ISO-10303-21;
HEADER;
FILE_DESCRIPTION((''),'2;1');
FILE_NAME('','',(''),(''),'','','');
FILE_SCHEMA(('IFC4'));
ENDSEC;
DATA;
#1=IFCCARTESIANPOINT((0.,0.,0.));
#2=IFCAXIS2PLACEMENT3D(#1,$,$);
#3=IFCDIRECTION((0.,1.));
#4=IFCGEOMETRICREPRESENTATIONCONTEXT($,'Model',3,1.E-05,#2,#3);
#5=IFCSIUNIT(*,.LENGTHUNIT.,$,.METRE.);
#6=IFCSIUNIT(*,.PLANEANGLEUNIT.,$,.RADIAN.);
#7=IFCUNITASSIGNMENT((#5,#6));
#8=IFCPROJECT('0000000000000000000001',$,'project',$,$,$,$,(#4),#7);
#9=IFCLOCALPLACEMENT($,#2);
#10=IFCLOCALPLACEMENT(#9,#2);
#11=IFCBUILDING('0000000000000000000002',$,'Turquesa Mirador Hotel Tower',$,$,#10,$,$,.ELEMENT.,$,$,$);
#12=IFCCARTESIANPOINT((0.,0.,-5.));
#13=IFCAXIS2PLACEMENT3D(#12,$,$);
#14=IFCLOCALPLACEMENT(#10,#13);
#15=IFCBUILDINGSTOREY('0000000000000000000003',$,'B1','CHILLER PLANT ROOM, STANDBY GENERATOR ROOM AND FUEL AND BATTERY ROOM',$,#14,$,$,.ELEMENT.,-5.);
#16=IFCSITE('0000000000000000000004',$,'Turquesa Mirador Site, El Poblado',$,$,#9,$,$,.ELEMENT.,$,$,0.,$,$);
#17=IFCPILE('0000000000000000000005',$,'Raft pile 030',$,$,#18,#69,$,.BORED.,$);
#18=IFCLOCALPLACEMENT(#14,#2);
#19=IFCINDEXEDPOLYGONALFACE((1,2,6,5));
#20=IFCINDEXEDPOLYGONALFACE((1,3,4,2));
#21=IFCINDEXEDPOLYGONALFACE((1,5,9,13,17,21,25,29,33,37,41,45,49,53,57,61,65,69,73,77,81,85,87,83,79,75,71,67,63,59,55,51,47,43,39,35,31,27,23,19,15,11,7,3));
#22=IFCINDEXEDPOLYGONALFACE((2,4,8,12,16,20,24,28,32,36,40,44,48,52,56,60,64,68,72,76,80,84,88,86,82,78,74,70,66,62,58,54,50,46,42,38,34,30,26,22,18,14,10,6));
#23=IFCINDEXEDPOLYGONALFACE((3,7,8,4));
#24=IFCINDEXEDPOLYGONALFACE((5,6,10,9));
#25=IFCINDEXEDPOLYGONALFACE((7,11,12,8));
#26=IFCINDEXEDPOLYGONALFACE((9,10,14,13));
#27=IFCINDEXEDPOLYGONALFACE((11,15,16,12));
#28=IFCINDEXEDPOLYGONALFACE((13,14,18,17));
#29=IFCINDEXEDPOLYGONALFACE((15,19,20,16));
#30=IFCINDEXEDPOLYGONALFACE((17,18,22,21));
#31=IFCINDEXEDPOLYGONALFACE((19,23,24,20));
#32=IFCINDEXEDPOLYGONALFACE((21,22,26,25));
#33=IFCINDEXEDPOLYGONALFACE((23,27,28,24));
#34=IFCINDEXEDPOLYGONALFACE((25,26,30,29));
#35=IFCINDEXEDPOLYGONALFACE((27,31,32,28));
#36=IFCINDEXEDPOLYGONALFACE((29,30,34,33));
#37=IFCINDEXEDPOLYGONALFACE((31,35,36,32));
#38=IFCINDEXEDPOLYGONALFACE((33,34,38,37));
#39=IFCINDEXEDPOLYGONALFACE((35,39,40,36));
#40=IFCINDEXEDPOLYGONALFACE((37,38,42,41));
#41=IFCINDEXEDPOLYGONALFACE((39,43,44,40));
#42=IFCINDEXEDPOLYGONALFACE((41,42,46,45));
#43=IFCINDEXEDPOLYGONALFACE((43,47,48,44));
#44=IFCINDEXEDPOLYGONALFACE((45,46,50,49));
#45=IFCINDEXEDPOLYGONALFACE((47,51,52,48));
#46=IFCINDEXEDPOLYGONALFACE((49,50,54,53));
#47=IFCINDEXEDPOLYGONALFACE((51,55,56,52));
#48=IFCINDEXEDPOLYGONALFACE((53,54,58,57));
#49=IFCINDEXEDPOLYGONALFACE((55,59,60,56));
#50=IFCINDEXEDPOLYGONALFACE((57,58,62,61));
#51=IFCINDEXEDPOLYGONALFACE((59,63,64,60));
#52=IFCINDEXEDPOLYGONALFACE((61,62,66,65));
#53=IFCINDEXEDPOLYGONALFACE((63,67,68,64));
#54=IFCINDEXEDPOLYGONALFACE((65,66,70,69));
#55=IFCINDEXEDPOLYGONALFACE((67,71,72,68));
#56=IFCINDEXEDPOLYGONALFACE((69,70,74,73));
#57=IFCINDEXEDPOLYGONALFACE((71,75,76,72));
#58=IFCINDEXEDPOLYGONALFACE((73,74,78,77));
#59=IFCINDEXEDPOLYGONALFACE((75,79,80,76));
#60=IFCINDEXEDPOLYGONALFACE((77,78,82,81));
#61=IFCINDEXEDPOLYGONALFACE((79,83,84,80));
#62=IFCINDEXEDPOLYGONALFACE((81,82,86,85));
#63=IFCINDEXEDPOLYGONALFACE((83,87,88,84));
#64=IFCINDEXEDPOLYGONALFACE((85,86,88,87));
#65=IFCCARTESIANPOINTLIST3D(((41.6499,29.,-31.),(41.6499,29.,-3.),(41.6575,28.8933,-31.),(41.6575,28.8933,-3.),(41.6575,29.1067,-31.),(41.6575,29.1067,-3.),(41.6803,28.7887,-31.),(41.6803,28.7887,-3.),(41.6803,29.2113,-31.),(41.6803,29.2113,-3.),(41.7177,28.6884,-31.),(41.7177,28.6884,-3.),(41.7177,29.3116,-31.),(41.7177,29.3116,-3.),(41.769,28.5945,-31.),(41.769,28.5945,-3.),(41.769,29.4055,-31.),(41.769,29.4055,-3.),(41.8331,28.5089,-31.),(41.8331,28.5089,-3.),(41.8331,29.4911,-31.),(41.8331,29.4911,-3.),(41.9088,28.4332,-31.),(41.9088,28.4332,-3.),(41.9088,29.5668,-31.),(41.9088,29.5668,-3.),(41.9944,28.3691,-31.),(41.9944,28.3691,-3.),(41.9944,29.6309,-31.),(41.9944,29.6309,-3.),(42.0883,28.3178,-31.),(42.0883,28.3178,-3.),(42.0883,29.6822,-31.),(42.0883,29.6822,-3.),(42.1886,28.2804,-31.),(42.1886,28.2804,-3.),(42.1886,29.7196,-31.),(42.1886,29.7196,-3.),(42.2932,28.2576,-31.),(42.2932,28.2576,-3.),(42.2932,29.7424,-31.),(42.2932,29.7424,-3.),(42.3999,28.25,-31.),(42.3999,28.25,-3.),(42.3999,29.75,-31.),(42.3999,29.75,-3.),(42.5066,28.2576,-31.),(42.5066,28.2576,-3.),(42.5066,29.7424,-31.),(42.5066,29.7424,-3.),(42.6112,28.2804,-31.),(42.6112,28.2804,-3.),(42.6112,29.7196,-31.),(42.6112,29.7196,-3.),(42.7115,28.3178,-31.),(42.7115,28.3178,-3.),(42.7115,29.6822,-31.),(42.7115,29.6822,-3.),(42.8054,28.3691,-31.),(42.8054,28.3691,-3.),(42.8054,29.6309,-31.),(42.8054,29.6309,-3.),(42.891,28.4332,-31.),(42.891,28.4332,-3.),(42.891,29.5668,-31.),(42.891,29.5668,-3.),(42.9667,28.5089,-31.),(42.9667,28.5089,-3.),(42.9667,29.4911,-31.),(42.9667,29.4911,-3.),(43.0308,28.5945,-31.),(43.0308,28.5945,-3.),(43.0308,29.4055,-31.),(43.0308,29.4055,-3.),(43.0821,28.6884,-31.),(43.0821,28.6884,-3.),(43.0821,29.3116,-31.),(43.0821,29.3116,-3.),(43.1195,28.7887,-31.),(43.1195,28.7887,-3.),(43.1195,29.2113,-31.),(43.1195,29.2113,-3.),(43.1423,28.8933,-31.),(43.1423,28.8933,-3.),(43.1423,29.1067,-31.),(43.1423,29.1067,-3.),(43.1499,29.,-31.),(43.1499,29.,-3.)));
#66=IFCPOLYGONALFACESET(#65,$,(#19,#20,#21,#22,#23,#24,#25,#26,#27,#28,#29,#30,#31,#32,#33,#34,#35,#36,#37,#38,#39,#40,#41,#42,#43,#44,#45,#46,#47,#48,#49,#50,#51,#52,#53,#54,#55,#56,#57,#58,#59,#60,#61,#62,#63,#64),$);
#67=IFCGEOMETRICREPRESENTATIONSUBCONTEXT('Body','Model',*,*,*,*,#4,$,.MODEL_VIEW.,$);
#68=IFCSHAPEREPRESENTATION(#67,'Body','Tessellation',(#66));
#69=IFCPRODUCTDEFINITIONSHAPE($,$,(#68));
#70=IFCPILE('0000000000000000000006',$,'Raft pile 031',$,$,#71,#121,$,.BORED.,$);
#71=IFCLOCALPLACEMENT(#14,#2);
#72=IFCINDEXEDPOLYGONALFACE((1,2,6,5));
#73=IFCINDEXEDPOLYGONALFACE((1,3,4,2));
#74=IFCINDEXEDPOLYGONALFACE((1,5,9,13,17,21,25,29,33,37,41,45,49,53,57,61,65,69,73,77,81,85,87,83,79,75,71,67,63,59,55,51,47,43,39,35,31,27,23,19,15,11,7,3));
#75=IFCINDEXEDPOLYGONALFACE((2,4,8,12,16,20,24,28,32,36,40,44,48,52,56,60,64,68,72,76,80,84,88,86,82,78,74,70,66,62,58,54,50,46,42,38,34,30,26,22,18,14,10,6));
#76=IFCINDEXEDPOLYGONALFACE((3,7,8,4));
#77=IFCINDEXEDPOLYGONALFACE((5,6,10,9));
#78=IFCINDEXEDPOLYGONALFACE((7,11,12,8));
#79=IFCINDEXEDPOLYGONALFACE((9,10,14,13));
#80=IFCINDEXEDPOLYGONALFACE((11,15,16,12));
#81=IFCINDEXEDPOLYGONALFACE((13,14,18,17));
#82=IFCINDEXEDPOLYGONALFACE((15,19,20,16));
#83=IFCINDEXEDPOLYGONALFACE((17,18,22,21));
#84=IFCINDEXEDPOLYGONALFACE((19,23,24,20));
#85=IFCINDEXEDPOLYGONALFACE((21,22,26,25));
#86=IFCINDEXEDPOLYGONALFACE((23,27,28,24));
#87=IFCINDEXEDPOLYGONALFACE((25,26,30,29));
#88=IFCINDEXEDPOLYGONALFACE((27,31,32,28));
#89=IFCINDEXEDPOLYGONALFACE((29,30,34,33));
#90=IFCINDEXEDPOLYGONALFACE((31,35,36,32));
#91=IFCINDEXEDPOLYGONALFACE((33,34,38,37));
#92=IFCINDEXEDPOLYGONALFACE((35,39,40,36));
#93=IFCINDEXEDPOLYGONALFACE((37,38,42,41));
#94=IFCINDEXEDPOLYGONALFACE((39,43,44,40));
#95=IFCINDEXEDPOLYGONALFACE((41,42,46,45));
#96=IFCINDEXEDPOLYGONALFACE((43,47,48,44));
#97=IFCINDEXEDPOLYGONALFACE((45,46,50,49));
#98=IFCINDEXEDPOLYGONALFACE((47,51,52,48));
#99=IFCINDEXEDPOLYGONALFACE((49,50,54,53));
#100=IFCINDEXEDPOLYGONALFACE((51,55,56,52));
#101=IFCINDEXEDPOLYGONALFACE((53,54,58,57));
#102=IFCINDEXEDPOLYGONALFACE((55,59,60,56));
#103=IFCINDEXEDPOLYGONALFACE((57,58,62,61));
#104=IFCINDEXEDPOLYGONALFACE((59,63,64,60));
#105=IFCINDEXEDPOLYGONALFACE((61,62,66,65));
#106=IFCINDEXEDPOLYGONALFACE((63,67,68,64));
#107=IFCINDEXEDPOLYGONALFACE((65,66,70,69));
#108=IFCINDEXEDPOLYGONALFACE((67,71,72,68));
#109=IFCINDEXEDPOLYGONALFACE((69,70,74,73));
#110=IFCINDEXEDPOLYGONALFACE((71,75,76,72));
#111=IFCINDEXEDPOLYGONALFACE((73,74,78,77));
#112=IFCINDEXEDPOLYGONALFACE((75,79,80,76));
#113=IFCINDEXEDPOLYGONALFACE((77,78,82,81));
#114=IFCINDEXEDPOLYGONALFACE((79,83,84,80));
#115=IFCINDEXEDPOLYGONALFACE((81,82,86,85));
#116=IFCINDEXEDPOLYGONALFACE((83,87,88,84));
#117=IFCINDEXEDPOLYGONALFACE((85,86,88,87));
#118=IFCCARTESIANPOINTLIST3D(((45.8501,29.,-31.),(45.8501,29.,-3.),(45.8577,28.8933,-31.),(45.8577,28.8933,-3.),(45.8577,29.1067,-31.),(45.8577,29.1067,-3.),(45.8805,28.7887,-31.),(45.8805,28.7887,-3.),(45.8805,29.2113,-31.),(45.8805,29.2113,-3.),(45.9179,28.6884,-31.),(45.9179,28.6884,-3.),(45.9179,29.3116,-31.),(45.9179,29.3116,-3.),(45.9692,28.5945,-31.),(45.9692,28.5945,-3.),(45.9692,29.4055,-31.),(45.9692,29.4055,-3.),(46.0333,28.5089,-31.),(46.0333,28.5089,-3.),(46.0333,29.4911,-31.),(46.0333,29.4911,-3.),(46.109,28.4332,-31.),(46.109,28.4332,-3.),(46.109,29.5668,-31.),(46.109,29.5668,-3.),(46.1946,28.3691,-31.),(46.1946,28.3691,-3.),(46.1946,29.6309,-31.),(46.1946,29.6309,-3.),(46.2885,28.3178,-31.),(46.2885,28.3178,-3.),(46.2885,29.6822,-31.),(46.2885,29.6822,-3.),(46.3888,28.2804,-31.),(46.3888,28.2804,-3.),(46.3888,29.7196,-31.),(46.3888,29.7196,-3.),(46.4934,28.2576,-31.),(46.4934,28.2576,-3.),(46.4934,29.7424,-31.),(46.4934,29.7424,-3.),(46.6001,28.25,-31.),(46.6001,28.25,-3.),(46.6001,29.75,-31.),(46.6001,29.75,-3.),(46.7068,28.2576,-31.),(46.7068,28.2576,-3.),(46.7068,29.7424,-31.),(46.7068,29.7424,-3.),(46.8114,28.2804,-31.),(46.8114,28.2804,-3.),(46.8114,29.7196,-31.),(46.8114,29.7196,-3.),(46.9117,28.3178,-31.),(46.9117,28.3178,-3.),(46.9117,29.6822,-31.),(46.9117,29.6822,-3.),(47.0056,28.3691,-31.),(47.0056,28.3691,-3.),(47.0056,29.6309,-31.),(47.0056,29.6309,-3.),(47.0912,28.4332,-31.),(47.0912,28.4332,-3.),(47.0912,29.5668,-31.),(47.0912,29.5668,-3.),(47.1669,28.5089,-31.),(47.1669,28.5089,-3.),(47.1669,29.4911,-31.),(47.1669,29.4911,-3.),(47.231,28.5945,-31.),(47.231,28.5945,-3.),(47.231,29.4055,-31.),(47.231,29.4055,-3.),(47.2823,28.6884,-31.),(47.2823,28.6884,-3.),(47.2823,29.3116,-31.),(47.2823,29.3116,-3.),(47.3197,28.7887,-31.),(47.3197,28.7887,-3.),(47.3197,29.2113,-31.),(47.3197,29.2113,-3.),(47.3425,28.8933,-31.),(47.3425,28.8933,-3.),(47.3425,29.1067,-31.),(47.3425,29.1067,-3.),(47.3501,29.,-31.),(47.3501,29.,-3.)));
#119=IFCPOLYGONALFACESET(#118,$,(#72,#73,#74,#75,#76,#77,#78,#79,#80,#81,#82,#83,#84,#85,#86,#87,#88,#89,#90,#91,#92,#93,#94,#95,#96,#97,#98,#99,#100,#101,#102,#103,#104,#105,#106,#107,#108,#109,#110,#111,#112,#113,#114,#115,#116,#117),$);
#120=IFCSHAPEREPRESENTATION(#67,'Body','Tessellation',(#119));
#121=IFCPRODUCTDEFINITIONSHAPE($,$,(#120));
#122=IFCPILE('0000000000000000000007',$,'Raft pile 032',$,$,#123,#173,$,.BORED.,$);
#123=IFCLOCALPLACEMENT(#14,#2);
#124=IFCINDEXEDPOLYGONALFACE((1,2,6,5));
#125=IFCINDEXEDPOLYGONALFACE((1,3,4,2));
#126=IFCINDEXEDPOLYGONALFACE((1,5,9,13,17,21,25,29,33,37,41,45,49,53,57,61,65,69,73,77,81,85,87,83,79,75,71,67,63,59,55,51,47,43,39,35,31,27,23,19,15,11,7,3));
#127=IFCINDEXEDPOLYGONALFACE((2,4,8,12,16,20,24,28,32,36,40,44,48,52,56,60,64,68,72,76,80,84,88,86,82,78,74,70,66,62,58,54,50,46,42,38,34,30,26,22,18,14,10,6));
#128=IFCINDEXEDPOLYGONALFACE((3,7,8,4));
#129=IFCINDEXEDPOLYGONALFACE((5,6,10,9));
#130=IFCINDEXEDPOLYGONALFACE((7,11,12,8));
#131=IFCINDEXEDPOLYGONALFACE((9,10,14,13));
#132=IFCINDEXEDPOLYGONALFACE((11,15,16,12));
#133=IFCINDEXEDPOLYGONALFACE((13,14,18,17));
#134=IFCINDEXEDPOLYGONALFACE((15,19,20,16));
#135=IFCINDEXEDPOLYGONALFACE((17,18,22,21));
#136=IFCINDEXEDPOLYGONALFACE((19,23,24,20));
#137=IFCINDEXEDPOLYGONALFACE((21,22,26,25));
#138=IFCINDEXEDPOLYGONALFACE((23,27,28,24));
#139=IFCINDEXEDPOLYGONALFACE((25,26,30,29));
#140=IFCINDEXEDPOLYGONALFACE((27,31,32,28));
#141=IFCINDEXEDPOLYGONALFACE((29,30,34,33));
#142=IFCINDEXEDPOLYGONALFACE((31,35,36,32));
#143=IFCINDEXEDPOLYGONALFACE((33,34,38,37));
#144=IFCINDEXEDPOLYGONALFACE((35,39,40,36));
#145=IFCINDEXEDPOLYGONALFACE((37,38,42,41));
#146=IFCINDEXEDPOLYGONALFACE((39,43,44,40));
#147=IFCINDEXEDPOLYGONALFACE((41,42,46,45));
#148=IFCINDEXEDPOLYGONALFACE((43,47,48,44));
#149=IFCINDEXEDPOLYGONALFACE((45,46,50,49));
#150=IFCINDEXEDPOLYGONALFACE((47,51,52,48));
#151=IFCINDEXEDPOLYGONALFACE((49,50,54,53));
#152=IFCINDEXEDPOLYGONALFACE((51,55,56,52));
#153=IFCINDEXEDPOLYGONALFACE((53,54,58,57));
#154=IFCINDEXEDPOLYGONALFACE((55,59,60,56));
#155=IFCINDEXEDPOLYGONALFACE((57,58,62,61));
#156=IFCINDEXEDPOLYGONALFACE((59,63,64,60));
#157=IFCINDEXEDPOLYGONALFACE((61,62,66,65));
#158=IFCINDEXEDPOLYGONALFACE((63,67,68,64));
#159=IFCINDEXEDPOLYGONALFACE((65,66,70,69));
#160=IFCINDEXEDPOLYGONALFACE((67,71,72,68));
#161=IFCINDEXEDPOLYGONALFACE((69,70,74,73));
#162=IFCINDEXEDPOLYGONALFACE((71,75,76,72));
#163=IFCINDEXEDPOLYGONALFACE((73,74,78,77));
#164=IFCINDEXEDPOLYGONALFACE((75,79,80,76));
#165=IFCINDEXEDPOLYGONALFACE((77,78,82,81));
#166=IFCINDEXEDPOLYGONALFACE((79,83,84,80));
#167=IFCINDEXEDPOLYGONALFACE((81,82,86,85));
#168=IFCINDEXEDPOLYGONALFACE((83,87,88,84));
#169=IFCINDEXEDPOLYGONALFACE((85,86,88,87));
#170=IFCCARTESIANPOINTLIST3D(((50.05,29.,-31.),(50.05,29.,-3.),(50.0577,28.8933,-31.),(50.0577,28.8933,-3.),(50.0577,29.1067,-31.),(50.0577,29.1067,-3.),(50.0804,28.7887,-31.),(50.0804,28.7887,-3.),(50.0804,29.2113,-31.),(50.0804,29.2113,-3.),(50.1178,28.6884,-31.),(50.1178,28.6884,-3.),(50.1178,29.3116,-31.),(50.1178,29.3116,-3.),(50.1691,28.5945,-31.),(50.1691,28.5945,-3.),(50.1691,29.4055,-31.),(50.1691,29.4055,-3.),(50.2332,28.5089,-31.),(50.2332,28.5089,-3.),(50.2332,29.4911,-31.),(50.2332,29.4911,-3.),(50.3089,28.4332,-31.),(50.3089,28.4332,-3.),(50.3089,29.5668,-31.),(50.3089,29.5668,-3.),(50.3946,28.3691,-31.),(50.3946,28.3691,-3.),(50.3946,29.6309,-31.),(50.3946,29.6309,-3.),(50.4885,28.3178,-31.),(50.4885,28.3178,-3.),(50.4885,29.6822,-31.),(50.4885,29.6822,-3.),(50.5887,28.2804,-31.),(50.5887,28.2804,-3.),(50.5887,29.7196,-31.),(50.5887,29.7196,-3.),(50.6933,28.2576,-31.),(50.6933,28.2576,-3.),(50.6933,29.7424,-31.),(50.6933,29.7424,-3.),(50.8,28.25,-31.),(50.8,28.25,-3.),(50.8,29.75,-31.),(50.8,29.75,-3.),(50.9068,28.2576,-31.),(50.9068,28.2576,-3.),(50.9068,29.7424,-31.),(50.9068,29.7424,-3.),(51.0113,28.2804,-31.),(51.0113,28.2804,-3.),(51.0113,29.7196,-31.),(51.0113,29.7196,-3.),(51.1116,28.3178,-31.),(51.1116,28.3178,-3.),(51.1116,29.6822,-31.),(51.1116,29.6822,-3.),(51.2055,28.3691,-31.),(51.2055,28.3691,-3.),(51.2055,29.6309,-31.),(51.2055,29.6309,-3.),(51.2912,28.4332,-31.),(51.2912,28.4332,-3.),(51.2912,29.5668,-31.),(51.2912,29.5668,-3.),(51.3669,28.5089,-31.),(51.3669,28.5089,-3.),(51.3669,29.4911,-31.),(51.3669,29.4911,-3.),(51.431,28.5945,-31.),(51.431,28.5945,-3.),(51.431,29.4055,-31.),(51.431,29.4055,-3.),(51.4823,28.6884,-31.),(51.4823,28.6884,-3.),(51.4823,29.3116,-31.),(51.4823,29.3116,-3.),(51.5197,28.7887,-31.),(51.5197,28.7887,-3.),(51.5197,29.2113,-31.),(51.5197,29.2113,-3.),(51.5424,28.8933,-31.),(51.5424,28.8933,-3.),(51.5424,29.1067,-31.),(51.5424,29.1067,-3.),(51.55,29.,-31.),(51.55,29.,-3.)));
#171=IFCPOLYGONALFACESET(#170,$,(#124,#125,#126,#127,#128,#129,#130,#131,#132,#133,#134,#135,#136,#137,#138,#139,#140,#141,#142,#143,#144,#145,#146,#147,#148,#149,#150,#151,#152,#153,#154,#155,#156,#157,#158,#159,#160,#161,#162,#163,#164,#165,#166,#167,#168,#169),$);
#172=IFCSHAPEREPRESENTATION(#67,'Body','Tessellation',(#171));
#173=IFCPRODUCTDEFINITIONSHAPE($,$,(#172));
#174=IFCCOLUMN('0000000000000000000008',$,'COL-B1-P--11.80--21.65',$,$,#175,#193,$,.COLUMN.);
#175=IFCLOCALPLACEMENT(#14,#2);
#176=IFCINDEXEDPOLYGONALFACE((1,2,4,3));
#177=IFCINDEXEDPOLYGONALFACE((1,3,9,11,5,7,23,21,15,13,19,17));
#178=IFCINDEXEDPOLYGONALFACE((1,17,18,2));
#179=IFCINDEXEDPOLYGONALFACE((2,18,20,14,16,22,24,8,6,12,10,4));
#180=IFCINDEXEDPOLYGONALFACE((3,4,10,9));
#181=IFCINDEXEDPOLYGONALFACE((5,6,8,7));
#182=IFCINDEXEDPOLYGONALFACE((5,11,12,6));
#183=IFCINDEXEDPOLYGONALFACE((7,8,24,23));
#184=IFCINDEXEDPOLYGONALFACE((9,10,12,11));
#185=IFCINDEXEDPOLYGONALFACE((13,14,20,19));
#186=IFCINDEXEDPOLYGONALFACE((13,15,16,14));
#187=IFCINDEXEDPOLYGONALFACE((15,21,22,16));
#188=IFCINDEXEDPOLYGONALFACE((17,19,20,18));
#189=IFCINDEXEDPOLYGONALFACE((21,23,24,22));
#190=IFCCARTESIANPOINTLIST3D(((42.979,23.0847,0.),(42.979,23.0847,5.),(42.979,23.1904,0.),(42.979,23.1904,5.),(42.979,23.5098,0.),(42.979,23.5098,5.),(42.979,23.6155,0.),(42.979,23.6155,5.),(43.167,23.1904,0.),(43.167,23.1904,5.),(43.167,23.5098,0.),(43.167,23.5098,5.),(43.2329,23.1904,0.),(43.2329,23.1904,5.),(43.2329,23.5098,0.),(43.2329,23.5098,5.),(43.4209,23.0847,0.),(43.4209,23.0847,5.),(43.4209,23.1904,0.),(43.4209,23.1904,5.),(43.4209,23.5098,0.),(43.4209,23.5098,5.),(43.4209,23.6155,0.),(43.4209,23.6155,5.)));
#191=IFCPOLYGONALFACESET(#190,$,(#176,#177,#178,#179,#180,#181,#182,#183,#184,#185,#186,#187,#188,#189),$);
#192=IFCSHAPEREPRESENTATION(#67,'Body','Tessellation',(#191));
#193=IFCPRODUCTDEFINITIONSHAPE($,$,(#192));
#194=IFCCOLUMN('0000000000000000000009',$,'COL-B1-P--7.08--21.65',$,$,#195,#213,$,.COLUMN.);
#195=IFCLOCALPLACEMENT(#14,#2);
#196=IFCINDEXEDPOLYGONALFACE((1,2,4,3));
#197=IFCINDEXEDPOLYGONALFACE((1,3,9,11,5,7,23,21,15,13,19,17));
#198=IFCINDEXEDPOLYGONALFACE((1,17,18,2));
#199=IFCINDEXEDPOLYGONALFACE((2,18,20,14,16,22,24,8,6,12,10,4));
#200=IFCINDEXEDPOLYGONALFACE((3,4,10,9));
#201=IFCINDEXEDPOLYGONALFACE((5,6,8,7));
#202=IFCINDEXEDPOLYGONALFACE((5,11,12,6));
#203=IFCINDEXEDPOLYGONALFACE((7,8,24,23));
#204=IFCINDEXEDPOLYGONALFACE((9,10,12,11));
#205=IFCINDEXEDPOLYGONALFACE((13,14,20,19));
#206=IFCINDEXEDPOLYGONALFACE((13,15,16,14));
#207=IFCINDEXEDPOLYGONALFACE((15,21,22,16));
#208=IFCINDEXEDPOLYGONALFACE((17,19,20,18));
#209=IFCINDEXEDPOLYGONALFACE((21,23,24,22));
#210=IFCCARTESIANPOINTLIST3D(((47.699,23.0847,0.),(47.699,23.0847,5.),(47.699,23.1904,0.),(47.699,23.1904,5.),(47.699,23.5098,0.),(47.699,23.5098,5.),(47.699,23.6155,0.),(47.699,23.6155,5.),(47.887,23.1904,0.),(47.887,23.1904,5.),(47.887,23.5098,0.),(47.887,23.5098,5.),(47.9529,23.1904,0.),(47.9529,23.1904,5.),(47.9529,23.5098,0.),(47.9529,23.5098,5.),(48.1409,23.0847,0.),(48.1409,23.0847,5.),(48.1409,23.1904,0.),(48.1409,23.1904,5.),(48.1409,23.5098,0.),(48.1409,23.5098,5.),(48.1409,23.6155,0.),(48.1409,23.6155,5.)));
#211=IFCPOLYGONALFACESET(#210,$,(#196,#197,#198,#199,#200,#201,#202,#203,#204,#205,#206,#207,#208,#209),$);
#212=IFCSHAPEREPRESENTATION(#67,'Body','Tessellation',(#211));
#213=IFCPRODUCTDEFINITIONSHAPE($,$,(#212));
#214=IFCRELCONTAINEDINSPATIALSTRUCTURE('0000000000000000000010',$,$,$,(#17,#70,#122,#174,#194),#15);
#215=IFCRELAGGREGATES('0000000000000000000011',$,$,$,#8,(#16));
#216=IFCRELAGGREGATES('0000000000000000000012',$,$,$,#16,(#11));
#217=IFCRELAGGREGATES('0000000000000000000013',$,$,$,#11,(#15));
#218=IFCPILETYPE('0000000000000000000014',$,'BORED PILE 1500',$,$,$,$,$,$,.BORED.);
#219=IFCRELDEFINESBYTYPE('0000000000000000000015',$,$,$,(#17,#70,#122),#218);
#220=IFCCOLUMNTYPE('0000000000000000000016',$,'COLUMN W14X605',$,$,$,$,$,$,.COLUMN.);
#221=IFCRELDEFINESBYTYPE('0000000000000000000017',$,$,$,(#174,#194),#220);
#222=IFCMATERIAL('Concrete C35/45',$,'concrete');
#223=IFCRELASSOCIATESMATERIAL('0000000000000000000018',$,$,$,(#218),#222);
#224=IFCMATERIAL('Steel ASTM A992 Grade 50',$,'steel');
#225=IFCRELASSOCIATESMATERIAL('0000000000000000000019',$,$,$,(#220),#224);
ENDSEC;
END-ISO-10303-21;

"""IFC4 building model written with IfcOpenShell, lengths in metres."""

from ifc_helpers import new_model, si_unit, direction, frame, origin, origin_2d, place, context, subcontext, project, spatial, circle, i_section, extrude, material, material_profile, profile_set, type_object, element, save


model = new_model("IFC4")

# Units and contexts
model_context = context("Model", 3, precision=1e-05, world=origin(), true_north=direction((0.0, 1.0)))
body_context = subcontext(model_context, "Body", "Model", "MODEL_VIEW")
ifc_project = project(units=[si_unit("LENGTHUNIT", "METRE"), si_unit("PLANEANGLEUNIT", "RADIAN")], contexts=[model_context])

# Site, building, storey
site_placement = place(None, origin())
site = spatial("IfcSite", under=ifc_project, at=site_placement, Name="Turquesa Mirador Site, El Poblado", CompositionType="ELEMENT", RefElevation=0.0)
building_placement = place(site_placement, origin())
building = spatial("IfcBuilding", under=site, at=building_placement, Name="Turquesa Mirador Hotel Tower", CompositionType="ELEMENT")
storey_placement = place(building_placement, frame((0.0, 0.0, -5.0)))
storey = spatial("IfcBuildingStorey", under=building, at=storey_placement, Name="B1", Description="CHILLER PLANT ROOM, STANDBY GENERATOR ROOM AND FUEL AND BATTERY ROOM", CompositionType="ELEMENT", Elevation=-5.0)

# Piles
ifc_material_1 = material(Name="Concrete C35/45", Category="concrete")
pile_type = type_object("IfcPileType", Name="BORED PILE 1500", PredefinedType="BORED", material=ifc_material_1)
for number, where, z_axis, x_axis, name in (
    (1, (42.3999, 29.0, -3.0), (0.0, 0.0, -1.0), (1.0, 0.0, 0.0), "Raft pile 030"),
    (2, (46.6001, 29.0, -3.0), (0.0, 0.0, -1.0), (1.0, 0.0, 0.0), "Raft pile 031"),
    (3, (50.8, 29.0, -3.0), (0.0, 0.0, -1.0), (1.0, 0.0, 0.0), "Raft pile 032"),
):
    element("IfcPile", number, at=place(storey_placement, frame(where, z_axis=z_axis, x_axis=x_axis)), inside=storey, type_object=pile_type, Name=name, PredefinedType="BORED", context=body_context, shape_type="SweptSolid", body=[
        extrude(circle(Radius=0.75, at=origin_2d()), origin(), (0.0, 0.0, 1.0), 28.0),
    ])

# Columns
ifc_material_2 = material(Name="Steel ASTM A992 Grade 50", Category="steel")
ifc_material_profile_1 = material_profile(ifc_material_2, i_section(OverallWidth=0.4419, OverallDepth=0.5308, WebThickness=0.0659, FlangeThickness=0.1057, at=origin_2d()), Name="W14X605")
ifc_profile_set_1 = profile_set([ifc_material_profile_1], Name="Steel ASTM A992 Grade 50")
column_type_1 = type_object("IfcColumnType", Name="COLUMN W14X605", PredefinedType="COLUMN", material=ifc_profile_set_1)
for number, where, z_axis, x_axis, name in (
    (4, (43.2, 23.3501, 0.0), (0.0, 0.0, 1.0), (1.0, 0.0, 0.0), "COL-B1-P--11.80--21.65"),
    (5, (47.9199, 23.3501, 0.0), (0.0, 0.0, 1.0), (1.0, 0.0, 0.0), "COL-B1-P--7.08--21.65"),
):
    element("IfcColumn", number, at=place(storey_placement, frame(where, z_axis=z_axis, x_axis=x_axis)), inside=storey, type_object=column_type_1, Name=name, PredefinedType="COLUMN", context=body_context, shape_type="SweptSolid", body=[
        extrude(i_section(OverallWidth=0.4419, OverallDepth=0.5308, WebThickness=0.0659, FlangeThickness=0.1057, at=origin_2d()), origin(), (0.0, 0.0, 1.0), 5.0),
    ])

save(model, "model.ifc")
